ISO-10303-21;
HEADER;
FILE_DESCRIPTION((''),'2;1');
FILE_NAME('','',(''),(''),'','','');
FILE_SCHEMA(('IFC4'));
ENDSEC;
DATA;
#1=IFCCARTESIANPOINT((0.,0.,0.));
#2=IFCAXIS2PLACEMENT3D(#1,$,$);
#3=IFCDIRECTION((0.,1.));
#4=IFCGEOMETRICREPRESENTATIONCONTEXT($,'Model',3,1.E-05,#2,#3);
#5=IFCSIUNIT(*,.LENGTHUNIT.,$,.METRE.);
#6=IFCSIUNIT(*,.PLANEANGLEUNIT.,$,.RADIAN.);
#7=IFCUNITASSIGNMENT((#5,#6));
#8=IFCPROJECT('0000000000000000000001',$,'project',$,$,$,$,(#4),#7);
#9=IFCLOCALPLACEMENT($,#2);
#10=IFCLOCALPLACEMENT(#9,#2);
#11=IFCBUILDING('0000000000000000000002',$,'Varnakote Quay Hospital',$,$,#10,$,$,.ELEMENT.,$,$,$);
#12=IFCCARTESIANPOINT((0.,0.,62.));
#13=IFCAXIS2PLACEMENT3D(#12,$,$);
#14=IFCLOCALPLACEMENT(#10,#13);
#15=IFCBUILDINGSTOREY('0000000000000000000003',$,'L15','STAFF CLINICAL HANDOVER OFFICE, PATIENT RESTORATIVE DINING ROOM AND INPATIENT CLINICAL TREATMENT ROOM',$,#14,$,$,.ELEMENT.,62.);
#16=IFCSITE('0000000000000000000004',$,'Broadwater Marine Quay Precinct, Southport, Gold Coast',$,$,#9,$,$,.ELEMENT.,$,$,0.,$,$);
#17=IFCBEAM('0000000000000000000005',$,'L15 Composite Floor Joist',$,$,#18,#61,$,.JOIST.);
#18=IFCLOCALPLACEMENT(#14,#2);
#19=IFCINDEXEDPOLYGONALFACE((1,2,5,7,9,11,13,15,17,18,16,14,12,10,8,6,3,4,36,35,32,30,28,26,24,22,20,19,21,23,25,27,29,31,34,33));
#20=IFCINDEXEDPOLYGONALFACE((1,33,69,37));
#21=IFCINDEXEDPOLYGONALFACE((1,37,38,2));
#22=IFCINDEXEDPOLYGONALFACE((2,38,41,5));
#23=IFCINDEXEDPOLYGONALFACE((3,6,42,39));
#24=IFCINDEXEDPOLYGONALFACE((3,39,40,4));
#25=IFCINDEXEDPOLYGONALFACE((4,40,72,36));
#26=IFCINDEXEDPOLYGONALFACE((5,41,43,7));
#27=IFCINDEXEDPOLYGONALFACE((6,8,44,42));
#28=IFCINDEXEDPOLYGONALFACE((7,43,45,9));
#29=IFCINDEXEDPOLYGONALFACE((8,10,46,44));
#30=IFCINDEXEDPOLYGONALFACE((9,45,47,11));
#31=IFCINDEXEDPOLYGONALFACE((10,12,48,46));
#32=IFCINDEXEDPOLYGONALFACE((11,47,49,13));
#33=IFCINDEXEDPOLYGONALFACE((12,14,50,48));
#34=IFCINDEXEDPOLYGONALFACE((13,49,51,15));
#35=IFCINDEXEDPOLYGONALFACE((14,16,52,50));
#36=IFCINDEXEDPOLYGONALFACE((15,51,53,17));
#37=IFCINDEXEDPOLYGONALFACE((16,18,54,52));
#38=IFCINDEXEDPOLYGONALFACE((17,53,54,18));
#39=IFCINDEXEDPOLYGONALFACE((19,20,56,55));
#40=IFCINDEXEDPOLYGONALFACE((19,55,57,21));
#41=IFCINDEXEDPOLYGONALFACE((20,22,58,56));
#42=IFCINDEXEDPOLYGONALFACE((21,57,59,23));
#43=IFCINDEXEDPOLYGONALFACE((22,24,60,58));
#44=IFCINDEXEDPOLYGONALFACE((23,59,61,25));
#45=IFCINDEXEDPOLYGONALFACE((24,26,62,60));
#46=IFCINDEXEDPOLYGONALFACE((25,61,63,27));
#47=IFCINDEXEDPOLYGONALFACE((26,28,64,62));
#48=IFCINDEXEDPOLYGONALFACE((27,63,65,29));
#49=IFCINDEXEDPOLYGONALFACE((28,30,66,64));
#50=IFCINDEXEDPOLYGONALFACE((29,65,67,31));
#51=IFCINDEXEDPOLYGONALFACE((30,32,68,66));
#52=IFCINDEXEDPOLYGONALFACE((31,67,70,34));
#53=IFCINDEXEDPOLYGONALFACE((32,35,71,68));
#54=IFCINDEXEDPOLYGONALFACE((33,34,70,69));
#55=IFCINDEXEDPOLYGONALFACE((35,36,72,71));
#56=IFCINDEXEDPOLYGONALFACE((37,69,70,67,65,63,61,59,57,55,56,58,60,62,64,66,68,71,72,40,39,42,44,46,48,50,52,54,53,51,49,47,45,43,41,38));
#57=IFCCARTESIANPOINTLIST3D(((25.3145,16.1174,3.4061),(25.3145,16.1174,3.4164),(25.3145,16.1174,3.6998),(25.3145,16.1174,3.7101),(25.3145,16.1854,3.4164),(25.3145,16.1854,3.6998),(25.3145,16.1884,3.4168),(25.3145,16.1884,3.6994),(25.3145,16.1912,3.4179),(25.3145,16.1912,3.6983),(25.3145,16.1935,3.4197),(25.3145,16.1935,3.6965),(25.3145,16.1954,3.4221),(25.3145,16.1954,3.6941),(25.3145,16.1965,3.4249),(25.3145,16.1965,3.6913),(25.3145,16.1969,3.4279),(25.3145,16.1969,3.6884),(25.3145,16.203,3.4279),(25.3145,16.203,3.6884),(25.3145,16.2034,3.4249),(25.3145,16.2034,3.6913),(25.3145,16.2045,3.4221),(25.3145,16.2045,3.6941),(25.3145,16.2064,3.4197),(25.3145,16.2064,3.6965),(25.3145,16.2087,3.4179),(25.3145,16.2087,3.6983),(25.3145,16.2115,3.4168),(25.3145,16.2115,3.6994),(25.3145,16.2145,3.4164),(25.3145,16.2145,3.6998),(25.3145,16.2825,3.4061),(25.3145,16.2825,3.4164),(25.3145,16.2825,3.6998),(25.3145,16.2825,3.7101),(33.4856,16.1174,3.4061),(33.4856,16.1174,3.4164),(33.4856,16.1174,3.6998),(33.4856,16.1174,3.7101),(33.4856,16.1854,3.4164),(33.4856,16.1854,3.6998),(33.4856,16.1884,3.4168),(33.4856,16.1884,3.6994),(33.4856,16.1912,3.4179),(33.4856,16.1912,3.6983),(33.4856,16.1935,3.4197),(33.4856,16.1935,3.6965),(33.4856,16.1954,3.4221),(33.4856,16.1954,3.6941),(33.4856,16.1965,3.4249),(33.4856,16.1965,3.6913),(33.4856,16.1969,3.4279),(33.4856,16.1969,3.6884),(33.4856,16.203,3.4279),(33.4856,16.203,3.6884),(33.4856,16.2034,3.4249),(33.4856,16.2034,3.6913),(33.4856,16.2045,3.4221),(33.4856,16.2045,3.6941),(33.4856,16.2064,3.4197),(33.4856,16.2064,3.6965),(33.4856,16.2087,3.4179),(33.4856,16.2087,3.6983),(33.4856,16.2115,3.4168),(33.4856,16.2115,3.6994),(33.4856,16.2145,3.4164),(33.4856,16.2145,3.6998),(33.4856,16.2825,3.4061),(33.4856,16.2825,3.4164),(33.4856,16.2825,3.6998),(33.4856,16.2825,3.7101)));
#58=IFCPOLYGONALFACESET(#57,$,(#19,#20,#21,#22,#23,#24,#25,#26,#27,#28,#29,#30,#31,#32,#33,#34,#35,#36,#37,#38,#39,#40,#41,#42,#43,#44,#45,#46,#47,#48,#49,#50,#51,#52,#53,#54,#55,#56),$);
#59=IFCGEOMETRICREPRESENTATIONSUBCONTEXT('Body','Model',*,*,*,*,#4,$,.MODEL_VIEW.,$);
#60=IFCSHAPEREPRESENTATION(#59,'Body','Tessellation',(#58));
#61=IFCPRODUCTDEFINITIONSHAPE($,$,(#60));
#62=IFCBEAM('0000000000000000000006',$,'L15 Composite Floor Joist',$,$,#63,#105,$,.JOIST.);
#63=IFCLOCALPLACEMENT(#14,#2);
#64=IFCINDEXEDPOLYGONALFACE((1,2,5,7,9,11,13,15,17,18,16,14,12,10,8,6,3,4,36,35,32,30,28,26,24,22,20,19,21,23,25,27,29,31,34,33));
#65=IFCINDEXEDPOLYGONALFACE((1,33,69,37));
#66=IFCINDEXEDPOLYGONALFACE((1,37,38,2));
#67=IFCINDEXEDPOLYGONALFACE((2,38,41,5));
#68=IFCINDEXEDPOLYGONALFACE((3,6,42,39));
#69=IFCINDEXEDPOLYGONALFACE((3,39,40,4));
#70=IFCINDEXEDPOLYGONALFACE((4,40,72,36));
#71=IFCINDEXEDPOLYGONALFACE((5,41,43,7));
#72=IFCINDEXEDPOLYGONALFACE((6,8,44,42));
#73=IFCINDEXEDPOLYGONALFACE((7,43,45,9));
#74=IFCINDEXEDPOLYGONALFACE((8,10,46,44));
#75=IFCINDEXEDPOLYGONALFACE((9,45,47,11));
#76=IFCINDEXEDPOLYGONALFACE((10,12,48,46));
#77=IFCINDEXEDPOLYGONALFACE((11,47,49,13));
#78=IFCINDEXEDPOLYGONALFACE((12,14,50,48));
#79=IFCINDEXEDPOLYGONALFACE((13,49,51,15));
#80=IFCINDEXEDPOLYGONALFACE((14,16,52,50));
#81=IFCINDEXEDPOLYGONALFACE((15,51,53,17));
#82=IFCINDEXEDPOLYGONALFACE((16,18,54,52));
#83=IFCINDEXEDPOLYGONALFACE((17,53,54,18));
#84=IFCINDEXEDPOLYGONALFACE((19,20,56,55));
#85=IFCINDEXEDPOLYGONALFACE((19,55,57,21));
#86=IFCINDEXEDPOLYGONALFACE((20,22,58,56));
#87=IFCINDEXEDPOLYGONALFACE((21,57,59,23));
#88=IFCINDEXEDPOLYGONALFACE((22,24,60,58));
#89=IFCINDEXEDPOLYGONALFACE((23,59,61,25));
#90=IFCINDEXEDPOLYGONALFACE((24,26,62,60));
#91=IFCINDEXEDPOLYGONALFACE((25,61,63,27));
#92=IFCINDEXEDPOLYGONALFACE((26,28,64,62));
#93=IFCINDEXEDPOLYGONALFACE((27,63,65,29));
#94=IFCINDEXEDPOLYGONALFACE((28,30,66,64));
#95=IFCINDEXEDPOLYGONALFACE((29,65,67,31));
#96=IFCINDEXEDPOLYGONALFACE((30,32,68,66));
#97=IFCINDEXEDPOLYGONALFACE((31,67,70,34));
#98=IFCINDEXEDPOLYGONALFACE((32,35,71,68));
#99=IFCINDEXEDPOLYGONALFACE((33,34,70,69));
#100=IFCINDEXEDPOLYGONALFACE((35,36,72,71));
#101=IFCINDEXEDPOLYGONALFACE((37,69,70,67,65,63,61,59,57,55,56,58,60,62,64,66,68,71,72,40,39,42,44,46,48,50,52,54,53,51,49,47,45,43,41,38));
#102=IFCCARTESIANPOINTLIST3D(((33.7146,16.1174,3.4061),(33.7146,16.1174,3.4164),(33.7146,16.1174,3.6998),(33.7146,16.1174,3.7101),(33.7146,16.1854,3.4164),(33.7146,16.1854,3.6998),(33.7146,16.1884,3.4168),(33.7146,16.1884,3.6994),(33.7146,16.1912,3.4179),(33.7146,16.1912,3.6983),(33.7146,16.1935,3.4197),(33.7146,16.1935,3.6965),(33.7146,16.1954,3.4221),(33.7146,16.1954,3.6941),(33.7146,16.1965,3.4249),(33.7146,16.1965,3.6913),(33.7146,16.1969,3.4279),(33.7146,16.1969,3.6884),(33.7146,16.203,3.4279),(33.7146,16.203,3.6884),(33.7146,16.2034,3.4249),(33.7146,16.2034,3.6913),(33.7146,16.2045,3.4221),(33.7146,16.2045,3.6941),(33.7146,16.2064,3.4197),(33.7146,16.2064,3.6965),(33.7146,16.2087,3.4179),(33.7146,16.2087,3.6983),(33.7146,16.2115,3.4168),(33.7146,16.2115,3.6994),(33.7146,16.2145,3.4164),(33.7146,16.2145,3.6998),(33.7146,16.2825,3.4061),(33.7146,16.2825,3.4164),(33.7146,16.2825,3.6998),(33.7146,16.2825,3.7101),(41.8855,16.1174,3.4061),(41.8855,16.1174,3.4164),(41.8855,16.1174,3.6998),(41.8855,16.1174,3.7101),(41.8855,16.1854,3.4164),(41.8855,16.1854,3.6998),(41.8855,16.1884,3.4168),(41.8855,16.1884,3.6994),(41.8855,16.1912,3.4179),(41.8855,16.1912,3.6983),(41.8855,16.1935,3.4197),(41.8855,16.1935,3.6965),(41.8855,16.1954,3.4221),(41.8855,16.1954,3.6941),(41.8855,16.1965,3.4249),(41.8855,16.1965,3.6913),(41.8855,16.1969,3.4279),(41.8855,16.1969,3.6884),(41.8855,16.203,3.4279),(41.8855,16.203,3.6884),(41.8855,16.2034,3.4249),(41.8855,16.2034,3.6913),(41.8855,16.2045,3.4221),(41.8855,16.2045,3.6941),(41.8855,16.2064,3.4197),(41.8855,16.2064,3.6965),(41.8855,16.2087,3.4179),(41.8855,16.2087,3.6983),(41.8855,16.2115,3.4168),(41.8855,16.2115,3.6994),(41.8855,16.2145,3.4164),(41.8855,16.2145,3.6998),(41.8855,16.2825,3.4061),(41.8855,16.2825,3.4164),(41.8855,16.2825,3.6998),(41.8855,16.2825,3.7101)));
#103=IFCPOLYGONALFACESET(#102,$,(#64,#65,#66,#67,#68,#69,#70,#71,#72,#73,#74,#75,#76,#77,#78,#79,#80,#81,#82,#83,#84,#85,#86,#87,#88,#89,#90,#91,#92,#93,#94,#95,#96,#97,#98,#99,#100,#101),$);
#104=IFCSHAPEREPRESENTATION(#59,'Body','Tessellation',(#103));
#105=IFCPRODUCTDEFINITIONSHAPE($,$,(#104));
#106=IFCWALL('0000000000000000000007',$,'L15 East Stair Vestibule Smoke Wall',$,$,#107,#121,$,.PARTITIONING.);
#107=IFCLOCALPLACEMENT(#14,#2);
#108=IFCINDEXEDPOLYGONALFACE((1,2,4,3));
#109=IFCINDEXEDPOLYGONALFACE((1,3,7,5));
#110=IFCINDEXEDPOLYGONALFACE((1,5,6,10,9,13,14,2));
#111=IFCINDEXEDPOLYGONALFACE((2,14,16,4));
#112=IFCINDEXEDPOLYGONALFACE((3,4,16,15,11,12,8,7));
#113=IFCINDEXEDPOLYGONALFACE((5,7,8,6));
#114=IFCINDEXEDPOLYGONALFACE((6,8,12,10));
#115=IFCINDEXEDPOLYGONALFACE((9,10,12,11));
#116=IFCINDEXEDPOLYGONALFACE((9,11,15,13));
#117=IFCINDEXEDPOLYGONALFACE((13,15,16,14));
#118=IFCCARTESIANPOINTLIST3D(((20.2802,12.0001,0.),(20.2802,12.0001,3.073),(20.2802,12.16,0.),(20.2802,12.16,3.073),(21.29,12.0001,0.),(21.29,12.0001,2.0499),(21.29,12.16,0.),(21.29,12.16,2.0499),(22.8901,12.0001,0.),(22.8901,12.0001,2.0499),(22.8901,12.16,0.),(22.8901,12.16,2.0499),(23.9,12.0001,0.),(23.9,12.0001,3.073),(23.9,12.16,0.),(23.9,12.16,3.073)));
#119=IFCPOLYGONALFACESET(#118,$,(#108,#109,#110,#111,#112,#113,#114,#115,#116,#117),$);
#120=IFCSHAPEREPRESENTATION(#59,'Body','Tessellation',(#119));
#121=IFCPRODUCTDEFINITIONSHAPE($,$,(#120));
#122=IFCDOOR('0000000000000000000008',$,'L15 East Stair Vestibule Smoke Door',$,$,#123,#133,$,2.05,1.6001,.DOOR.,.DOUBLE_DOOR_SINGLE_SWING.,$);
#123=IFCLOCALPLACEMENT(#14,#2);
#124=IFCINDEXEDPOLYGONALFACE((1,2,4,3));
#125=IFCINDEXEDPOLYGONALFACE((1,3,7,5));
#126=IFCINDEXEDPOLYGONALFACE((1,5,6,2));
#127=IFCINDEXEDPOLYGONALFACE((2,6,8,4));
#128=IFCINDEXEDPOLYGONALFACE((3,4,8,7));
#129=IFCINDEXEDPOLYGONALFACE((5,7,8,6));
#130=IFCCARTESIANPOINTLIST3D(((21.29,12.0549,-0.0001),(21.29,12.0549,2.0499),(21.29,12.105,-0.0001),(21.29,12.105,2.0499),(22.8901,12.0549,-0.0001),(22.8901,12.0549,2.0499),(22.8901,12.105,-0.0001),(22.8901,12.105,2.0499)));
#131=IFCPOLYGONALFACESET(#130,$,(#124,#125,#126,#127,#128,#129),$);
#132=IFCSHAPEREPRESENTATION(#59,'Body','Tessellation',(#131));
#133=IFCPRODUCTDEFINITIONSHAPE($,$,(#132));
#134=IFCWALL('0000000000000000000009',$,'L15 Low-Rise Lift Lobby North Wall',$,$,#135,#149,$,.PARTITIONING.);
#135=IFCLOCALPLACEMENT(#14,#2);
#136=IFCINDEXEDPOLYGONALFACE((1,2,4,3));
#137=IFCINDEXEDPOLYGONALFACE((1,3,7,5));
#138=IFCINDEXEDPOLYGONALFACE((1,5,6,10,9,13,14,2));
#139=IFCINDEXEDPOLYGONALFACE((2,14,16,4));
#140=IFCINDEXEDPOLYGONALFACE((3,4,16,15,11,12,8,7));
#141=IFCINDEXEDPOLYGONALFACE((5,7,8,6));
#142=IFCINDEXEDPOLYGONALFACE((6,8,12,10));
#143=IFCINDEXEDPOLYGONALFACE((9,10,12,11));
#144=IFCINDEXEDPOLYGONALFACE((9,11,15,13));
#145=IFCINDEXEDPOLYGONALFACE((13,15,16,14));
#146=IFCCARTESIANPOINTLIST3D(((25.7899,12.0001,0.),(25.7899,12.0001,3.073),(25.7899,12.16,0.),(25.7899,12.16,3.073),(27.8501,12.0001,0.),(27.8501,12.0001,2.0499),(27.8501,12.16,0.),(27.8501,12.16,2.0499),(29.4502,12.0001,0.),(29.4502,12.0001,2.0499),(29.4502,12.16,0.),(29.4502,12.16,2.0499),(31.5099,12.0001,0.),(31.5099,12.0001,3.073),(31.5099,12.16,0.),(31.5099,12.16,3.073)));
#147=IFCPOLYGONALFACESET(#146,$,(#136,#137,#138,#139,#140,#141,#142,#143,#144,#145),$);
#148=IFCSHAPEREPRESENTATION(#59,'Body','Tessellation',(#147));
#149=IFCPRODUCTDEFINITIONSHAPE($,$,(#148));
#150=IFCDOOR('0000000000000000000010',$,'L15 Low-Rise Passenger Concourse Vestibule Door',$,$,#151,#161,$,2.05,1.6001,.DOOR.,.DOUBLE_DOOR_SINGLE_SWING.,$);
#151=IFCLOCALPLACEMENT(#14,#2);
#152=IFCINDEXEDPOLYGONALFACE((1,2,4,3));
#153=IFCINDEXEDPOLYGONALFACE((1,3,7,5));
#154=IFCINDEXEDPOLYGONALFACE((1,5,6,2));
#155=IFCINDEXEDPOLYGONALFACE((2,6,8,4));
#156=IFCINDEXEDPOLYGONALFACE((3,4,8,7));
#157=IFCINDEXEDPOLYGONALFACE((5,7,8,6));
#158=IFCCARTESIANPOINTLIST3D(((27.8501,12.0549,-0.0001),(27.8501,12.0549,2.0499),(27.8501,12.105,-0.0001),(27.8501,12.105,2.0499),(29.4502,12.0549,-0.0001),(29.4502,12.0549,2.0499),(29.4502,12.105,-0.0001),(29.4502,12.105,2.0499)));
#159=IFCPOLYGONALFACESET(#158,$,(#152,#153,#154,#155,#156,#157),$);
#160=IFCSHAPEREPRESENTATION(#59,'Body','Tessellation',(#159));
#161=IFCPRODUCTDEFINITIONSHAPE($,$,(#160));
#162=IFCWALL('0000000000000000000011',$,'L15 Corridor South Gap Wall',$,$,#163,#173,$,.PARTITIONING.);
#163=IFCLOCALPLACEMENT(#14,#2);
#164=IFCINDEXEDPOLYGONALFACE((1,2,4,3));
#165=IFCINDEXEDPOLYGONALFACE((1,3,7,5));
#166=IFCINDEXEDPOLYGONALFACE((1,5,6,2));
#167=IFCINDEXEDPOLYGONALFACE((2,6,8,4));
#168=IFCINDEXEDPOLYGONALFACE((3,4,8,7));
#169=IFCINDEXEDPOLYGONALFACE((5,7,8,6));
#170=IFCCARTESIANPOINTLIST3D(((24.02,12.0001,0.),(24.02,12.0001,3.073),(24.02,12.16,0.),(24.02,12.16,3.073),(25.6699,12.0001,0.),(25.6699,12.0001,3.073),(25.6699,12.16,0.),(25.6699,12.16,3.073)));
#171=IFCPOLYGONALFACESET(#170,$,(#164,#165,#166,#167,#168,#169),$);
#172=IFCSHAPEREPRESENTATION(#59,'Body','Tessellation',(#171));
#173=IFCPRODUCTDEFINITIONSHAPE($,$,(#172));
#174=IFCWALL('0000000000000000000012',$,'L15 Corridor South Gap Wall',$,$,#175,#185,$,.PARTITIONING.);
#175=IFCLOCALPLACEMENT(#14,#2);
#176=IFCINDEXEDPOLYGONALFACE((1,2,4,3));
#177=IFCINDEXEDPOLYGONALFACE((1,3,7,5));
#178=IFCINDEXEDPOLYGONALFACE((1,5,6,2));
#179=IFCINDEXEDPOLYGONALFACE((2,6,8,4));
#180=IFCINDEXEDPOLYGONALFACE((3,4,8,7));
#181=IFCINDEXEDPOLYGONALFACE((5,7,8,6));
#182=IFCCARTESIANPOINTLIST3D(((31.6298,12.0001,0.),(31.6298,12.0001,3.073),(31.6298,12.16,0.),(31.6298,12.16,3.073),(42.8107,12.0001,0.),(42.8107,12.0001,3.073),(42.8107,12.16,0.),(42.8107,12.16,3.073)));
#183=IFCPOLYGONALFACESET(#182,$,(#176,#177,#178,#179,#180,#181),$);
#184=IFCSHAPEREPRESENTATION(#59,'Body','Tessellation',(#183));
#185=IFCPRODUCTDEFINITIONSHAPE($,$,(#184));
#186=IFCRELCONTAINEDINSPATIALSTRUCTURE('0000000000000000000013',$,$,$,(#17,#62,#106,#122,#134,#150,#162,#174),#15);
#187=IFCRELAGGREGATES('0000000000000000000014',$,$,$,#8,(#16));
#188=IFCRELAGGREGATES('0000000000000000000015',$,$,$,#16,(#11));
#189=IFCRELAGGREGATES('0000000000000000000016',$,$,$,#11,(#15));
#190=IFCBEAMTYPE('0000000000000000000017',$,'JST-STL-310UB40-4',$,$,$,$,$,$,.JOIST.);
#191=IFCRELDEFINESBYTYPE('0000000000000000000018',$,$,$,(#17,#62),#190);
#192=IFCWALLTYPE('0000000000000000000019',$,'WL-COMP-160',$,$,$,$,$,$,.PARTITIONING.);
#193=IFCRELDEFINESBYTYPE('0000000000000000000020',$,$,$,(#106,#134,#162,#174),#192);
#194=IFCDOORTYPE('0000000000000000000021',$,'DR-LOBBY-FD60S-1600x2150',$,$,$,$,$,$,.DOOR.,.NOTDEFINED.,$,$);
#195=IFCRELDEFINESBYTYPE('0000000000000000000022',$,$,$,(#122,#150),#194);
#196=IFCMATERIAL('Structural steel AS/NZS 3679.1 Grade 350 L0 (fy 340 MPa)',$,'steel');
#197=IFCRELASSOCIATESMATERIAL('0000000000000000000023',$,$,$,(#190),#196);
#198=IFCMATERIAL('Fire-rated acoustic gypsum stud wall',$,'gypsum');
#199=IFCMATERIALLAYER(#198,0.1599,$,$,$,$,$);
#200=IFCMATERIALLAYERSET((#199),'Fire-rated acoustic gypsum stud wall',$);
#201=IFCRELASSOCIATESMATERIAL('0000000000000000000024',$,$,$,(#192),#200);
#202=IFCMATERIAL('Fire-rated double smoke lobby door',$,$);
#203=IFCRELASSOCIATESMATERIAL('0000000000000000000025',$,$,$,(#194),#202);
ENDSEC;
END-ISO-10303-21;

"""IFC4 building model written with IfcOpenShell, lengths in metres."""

from ifc_helpers import new_model, si_unit, direction, frame, frame_2d, origin, origin_2d, place, context, subcontext, project, spatial, rectangle, i_section, extrude, material, layer, layer_set, material_profile, profile_set, type_object, element, fill, save


model = new_model("IFC4")

# Units and contexts
model_context = context("Model", 3, precision=1e-05, world=origin(), true_north=direction((0.0, 1.0)))
body_context = subcontext(model_context, "Body", "Model", "MODEL_VIEW")
ifc_project = project(units=[si_unit("LENGTHUNIT", "METRE"), si_unit("PLANEANGLEUNIT", "RADIAN")], contexts=[model_context])

# Site, building, storey
site_placement = place(None, origin())
site = spatial("IfcSite", under=ifc_project, at=site_placement, Name="Broadwater Marine Quay Precinct, Southport, Gold Coast", CompositionType="ELEMENT", RefElevation=0.0)
building_placement = place(site_placement, origin())
building = spatial("IfcBuilding", under=site, at=building_placement, Name="Varnakote Quay Hospital", CompositionType="ELEMENT")
storey_placement = place(building_placement, frame((0.0, 0.0, 62.0)))
storey = spatial("IfcBuildingStorey", under=building, at=storey_placement, Name="L15", Description="STAFF CLINICAL HANDOVER OFFICE, PATIENT RESTORATIVE DINING ROOM AND INPATIENT CLINICAL TREATMENT ROOM", CompositionType="ELEMENT", Elevation=62.0)

# Beams
ifc_material_1 = material(Name="Structural steel AS/NZS 3679.1 Grade 350 L0 (fy 340 MPa)", Category="steel")
ifc_material_profile_1 = material_profile(ifc_material_1, i_section(OverallWidth=0.165, OverallDepth=0.304, WebThickness=0.0061, FlangeThickness=0.0103, FilletRadius=0.0115, at=origin_2d()), Name="310UB40.4")
ifc_profile_set_1 = profile_set([ifc_material_profile_1], Name="Structural steel AS/NZS 3679.1 Grade 350 L0 (fy 340 MPa)")
beam_type_1 = type_object("IfcBeamType", Name="JST-STL-310UB40-4", PredefinedType="JOIST", material=ifc_profile_set_1)
beam_1_placement = place(storey_placement, frame((25.3145, 16.2, 3.5581), z_axis=(1.0, 0.0, 0.0), x_axis=(0.0, 1.0, 0.0)))
element("IfcBeam", 1, at=beam_1_placement, inside=storey, type_object=beam_type_1, Name="L15 Composite Floor Joist", PredefinedType="JOIST", context=body_context, shape_type="SweptSolid", body=[
    extrude(i_section(OverallWidth=0.165, OverallDepth=0.304, WebThickness=0.0061, FlangeThickness=0.0103, FilletRadius=0.0115, at=origin_2d()), origin(), (0.0, 0.0, 1.0), 8.1711),
])
beam_2_placement = place(storey_placement, frame((33.7146, 16.2, 3.5581), z_axis=(1.0, 0.0, 0.0), x_axis=(0.0, 1.0, 0.0)))
element("IfcBeam", 2, at=beam_2_placement, inside=storey, type_object=beam_type_1, Name="L15 Composite Floor Joist", PredefinedType="JOIST", context=body_context, shape_type="SweptSolid", body=[
    extrude(i_section(OverallWidth=0.165, OverallDepth=0.304, WebThickness=0.0061, FlangeThickness=0.0103, FilletRadius=0.0115, at=origin_2d()), origin(), (0.0, 0.0, 1.0), 8.1709),
])

# Walls, openings, doors
ifc_material_2 = material(Name="Fire-rated acoustic gypsum stud wall", Category="gypsum")
ifc_layer_1 = layer(ifc_material_2, 0.1599)
ifc_layer_set_1 = layer_set([ifc_layer_1], Name="Fire-rated acoustic gypsum stud wall")
wall_type_1 = type_object("IfcWallType", Name="WL-COMP-160", PredefinedType="PARTITIONING", material=ifc_layer_set_1)
wall_1_placement = place(storey_placement, frame((20.28, 12.0801, 0.0), z_axis=(0.0, 0.0, 1.0), x_axis=(1.0, 0.0, 0.0)))
wall_1 = element("IfcWall", 3, at=wall_1_placement, inside=storey, type_object=wall_type_1, Name="L15 East Stair Vestibule Smoke Wall", PredefinedType="PARTITIONING", context=body_context, shape_type="SweptSolid", body=[
    extrude(rectangle(XDim=3.6199, YDim=0.1599, at=frame_2d((1.8101, 0.0))), origin(), (0.0, 0.0, 1.0), 3.073),
])
opening_1_placement = place(wall_1_placement, frame((1.01, 0.0, 0.0)))
opening_1 = element("IfcOpeningElement", 4, at=opening_1_placement, cuts=wall_1, PredefinedType="OPENING", context=body_context, shape_type="SweptSolid", body=[
    extrude(rectangle(XDim=1.6001, YDim=2.05, at=frame_2d((0.8, 1.0249))), frame((0.0, 0.0898, 0.0), z_axis=(0.0, -1.0, 0.0), x_axis=(1.0, 0.0, 0.0)), (0.0, 0.0, 1.0), 0.1799),
])
ifc_material_3 = material(Name="Fire-rated double smoke lobby door")
door_type_1 = type_object("IfcDoorType", Name="DR-LOBBY-FD60S-1600x2150", OperationType="NOTDEFINED", PredefinedType="DOOR", material=ifc_material_3)
door_1_placement = place(opening_1_placement, origin())
door_1 = element("IfcDoor", 5, at=door_1_placement, inside=storey, type_object=door_type_1, Name="L15 East Stair Vestibule Smoke Door", OperationType="DOUBLE_DOOR_SINGLE_SWING", OverallHeight=2.05, OverallWidth=1.6001, PredefinedType="DOOR", context=body_context, shape_type="SweptSolid", body=[
    extrude(rectangle(XDim=1.6001, YDim=2.05, at=frame_2d((0.8, 1.0249))), frame((0.0, 0.0249, 0.0), z_axis=(0.0, -1.0, 0.0), x_axis=(1.0, 0.0, 0.0)), (0.0, 0.0, 1.0), 0.05),
])
fill(opening_1, door_1)
wall_2_placement = place(storey_placement, frame((25.79, 12.0801, 0.0), z_axis=(0.0, 0.0, 1.0), x_axis=(1.0, 0.0, 0.0)))
wall_2 = element("IfcWall", 6, at=wall_2_placement, inside=storey, type_object=wall_type_1, Name="L15 Low-Rise Lift Lobby North Wall", PredefinedType="PARTITIONING", context=body_context, shape_type="SweptSolid", body=[
    extrude(rectangle(XDim=5.72, YDim=0.1599, at=frame_2d((2.8599, 0.0))), origin(), (0.0, 0.0, 1.0), 3.073),
])
opening_2_placement = place(wall_2_placement, frame((2.0601, 0.0, 0.0)))
opening_2 = element("IfcOpeningElement", 7, at=opening_2_placement, cuts=wall_2, PredefinedType="OPENING", context=body_context, shape_type="SweptSolid", body=[
    extrude(rectangle(XDim=1.6001, YDim=2.05, at=frame_2d((0.8, 1.0249))), frame((0.0, 0.0898, 0.0), z_axis=(0.0, -1.0, 0.0), x_axis=(1.0, 0.0, 0.0)), (0.0, 0.0, 1.0), 0.1799),
])
door_2_placement = place(opening_2_placement, origin())
door_2 = element("IfcDoor", 8, at=door_2_placement, inside=storey, type_object=door_type_1, Name="L15 Low-Rise Passenger Concourse Vestibule Door", OperationType="DOUBLE_DOOR_SINGLE_SWING", OverallHeight=2.05, OverallWidth=1.6001, PredefinedType="DOOR", context=body_context, shape_type="SweptSolid", body=[
    extrude(rectangle(XDim=1.6001, YDim=2.05, at=frame_2d((0.8, 1.0249))), frame((0.0, 0.0249, 0.0), z_axis=(0.0, -1.0, 0.0), x_axis=(1.0, 0.0, 0.0)), (0.0, 0.0, 1.0), 0.05),
])
fill(opening_2, door_2)

# Walls
wall_3_placement = place(storey_placement, frame((24.02, 12.0801, 0.0), z_axis=(0.0, 0.0, 1.0), x_axis=(1.0, 0.0, 0.0)))
element("IfcWall", 9, at=wall_3_placement, inside=storey, type_object=wall_type_1, Name="L15 Corridor South Gap Wall", PredefinedType="PARTITIONING", context=body_context, shape_type="SweptSolid", body=[
    extrude(rectangle(XDim=1.6499, YDim=0.1599, at=frame_2d((0.825, 0.0))), origin(), (0.0, 0.0, 1.0), 3.073),
])
wall_4_placement = place(storey_placement, frame((31.6299, 12.0801, 0.0), z_axis=(0.0, 0.0, 1.0), x_axis=(1.0, 0.0, 0.0)))
element("IfcWall", 10, at=wall_4_placement, inside=storey, type_object=wall_type_1, Name="L15 Corridor South Gap Wall", PredefinedType="PARTITIONING", context=body_context, shape_type="SweptSolid", body=[
    extrude(rectangle(XDim=11.1809, YDim=0.1599, at=frame_2d((5.5903, 0.0))), origin(), (0.0, 0.0, 1.0), 3.073),
])

save(model, "model.ifc")
